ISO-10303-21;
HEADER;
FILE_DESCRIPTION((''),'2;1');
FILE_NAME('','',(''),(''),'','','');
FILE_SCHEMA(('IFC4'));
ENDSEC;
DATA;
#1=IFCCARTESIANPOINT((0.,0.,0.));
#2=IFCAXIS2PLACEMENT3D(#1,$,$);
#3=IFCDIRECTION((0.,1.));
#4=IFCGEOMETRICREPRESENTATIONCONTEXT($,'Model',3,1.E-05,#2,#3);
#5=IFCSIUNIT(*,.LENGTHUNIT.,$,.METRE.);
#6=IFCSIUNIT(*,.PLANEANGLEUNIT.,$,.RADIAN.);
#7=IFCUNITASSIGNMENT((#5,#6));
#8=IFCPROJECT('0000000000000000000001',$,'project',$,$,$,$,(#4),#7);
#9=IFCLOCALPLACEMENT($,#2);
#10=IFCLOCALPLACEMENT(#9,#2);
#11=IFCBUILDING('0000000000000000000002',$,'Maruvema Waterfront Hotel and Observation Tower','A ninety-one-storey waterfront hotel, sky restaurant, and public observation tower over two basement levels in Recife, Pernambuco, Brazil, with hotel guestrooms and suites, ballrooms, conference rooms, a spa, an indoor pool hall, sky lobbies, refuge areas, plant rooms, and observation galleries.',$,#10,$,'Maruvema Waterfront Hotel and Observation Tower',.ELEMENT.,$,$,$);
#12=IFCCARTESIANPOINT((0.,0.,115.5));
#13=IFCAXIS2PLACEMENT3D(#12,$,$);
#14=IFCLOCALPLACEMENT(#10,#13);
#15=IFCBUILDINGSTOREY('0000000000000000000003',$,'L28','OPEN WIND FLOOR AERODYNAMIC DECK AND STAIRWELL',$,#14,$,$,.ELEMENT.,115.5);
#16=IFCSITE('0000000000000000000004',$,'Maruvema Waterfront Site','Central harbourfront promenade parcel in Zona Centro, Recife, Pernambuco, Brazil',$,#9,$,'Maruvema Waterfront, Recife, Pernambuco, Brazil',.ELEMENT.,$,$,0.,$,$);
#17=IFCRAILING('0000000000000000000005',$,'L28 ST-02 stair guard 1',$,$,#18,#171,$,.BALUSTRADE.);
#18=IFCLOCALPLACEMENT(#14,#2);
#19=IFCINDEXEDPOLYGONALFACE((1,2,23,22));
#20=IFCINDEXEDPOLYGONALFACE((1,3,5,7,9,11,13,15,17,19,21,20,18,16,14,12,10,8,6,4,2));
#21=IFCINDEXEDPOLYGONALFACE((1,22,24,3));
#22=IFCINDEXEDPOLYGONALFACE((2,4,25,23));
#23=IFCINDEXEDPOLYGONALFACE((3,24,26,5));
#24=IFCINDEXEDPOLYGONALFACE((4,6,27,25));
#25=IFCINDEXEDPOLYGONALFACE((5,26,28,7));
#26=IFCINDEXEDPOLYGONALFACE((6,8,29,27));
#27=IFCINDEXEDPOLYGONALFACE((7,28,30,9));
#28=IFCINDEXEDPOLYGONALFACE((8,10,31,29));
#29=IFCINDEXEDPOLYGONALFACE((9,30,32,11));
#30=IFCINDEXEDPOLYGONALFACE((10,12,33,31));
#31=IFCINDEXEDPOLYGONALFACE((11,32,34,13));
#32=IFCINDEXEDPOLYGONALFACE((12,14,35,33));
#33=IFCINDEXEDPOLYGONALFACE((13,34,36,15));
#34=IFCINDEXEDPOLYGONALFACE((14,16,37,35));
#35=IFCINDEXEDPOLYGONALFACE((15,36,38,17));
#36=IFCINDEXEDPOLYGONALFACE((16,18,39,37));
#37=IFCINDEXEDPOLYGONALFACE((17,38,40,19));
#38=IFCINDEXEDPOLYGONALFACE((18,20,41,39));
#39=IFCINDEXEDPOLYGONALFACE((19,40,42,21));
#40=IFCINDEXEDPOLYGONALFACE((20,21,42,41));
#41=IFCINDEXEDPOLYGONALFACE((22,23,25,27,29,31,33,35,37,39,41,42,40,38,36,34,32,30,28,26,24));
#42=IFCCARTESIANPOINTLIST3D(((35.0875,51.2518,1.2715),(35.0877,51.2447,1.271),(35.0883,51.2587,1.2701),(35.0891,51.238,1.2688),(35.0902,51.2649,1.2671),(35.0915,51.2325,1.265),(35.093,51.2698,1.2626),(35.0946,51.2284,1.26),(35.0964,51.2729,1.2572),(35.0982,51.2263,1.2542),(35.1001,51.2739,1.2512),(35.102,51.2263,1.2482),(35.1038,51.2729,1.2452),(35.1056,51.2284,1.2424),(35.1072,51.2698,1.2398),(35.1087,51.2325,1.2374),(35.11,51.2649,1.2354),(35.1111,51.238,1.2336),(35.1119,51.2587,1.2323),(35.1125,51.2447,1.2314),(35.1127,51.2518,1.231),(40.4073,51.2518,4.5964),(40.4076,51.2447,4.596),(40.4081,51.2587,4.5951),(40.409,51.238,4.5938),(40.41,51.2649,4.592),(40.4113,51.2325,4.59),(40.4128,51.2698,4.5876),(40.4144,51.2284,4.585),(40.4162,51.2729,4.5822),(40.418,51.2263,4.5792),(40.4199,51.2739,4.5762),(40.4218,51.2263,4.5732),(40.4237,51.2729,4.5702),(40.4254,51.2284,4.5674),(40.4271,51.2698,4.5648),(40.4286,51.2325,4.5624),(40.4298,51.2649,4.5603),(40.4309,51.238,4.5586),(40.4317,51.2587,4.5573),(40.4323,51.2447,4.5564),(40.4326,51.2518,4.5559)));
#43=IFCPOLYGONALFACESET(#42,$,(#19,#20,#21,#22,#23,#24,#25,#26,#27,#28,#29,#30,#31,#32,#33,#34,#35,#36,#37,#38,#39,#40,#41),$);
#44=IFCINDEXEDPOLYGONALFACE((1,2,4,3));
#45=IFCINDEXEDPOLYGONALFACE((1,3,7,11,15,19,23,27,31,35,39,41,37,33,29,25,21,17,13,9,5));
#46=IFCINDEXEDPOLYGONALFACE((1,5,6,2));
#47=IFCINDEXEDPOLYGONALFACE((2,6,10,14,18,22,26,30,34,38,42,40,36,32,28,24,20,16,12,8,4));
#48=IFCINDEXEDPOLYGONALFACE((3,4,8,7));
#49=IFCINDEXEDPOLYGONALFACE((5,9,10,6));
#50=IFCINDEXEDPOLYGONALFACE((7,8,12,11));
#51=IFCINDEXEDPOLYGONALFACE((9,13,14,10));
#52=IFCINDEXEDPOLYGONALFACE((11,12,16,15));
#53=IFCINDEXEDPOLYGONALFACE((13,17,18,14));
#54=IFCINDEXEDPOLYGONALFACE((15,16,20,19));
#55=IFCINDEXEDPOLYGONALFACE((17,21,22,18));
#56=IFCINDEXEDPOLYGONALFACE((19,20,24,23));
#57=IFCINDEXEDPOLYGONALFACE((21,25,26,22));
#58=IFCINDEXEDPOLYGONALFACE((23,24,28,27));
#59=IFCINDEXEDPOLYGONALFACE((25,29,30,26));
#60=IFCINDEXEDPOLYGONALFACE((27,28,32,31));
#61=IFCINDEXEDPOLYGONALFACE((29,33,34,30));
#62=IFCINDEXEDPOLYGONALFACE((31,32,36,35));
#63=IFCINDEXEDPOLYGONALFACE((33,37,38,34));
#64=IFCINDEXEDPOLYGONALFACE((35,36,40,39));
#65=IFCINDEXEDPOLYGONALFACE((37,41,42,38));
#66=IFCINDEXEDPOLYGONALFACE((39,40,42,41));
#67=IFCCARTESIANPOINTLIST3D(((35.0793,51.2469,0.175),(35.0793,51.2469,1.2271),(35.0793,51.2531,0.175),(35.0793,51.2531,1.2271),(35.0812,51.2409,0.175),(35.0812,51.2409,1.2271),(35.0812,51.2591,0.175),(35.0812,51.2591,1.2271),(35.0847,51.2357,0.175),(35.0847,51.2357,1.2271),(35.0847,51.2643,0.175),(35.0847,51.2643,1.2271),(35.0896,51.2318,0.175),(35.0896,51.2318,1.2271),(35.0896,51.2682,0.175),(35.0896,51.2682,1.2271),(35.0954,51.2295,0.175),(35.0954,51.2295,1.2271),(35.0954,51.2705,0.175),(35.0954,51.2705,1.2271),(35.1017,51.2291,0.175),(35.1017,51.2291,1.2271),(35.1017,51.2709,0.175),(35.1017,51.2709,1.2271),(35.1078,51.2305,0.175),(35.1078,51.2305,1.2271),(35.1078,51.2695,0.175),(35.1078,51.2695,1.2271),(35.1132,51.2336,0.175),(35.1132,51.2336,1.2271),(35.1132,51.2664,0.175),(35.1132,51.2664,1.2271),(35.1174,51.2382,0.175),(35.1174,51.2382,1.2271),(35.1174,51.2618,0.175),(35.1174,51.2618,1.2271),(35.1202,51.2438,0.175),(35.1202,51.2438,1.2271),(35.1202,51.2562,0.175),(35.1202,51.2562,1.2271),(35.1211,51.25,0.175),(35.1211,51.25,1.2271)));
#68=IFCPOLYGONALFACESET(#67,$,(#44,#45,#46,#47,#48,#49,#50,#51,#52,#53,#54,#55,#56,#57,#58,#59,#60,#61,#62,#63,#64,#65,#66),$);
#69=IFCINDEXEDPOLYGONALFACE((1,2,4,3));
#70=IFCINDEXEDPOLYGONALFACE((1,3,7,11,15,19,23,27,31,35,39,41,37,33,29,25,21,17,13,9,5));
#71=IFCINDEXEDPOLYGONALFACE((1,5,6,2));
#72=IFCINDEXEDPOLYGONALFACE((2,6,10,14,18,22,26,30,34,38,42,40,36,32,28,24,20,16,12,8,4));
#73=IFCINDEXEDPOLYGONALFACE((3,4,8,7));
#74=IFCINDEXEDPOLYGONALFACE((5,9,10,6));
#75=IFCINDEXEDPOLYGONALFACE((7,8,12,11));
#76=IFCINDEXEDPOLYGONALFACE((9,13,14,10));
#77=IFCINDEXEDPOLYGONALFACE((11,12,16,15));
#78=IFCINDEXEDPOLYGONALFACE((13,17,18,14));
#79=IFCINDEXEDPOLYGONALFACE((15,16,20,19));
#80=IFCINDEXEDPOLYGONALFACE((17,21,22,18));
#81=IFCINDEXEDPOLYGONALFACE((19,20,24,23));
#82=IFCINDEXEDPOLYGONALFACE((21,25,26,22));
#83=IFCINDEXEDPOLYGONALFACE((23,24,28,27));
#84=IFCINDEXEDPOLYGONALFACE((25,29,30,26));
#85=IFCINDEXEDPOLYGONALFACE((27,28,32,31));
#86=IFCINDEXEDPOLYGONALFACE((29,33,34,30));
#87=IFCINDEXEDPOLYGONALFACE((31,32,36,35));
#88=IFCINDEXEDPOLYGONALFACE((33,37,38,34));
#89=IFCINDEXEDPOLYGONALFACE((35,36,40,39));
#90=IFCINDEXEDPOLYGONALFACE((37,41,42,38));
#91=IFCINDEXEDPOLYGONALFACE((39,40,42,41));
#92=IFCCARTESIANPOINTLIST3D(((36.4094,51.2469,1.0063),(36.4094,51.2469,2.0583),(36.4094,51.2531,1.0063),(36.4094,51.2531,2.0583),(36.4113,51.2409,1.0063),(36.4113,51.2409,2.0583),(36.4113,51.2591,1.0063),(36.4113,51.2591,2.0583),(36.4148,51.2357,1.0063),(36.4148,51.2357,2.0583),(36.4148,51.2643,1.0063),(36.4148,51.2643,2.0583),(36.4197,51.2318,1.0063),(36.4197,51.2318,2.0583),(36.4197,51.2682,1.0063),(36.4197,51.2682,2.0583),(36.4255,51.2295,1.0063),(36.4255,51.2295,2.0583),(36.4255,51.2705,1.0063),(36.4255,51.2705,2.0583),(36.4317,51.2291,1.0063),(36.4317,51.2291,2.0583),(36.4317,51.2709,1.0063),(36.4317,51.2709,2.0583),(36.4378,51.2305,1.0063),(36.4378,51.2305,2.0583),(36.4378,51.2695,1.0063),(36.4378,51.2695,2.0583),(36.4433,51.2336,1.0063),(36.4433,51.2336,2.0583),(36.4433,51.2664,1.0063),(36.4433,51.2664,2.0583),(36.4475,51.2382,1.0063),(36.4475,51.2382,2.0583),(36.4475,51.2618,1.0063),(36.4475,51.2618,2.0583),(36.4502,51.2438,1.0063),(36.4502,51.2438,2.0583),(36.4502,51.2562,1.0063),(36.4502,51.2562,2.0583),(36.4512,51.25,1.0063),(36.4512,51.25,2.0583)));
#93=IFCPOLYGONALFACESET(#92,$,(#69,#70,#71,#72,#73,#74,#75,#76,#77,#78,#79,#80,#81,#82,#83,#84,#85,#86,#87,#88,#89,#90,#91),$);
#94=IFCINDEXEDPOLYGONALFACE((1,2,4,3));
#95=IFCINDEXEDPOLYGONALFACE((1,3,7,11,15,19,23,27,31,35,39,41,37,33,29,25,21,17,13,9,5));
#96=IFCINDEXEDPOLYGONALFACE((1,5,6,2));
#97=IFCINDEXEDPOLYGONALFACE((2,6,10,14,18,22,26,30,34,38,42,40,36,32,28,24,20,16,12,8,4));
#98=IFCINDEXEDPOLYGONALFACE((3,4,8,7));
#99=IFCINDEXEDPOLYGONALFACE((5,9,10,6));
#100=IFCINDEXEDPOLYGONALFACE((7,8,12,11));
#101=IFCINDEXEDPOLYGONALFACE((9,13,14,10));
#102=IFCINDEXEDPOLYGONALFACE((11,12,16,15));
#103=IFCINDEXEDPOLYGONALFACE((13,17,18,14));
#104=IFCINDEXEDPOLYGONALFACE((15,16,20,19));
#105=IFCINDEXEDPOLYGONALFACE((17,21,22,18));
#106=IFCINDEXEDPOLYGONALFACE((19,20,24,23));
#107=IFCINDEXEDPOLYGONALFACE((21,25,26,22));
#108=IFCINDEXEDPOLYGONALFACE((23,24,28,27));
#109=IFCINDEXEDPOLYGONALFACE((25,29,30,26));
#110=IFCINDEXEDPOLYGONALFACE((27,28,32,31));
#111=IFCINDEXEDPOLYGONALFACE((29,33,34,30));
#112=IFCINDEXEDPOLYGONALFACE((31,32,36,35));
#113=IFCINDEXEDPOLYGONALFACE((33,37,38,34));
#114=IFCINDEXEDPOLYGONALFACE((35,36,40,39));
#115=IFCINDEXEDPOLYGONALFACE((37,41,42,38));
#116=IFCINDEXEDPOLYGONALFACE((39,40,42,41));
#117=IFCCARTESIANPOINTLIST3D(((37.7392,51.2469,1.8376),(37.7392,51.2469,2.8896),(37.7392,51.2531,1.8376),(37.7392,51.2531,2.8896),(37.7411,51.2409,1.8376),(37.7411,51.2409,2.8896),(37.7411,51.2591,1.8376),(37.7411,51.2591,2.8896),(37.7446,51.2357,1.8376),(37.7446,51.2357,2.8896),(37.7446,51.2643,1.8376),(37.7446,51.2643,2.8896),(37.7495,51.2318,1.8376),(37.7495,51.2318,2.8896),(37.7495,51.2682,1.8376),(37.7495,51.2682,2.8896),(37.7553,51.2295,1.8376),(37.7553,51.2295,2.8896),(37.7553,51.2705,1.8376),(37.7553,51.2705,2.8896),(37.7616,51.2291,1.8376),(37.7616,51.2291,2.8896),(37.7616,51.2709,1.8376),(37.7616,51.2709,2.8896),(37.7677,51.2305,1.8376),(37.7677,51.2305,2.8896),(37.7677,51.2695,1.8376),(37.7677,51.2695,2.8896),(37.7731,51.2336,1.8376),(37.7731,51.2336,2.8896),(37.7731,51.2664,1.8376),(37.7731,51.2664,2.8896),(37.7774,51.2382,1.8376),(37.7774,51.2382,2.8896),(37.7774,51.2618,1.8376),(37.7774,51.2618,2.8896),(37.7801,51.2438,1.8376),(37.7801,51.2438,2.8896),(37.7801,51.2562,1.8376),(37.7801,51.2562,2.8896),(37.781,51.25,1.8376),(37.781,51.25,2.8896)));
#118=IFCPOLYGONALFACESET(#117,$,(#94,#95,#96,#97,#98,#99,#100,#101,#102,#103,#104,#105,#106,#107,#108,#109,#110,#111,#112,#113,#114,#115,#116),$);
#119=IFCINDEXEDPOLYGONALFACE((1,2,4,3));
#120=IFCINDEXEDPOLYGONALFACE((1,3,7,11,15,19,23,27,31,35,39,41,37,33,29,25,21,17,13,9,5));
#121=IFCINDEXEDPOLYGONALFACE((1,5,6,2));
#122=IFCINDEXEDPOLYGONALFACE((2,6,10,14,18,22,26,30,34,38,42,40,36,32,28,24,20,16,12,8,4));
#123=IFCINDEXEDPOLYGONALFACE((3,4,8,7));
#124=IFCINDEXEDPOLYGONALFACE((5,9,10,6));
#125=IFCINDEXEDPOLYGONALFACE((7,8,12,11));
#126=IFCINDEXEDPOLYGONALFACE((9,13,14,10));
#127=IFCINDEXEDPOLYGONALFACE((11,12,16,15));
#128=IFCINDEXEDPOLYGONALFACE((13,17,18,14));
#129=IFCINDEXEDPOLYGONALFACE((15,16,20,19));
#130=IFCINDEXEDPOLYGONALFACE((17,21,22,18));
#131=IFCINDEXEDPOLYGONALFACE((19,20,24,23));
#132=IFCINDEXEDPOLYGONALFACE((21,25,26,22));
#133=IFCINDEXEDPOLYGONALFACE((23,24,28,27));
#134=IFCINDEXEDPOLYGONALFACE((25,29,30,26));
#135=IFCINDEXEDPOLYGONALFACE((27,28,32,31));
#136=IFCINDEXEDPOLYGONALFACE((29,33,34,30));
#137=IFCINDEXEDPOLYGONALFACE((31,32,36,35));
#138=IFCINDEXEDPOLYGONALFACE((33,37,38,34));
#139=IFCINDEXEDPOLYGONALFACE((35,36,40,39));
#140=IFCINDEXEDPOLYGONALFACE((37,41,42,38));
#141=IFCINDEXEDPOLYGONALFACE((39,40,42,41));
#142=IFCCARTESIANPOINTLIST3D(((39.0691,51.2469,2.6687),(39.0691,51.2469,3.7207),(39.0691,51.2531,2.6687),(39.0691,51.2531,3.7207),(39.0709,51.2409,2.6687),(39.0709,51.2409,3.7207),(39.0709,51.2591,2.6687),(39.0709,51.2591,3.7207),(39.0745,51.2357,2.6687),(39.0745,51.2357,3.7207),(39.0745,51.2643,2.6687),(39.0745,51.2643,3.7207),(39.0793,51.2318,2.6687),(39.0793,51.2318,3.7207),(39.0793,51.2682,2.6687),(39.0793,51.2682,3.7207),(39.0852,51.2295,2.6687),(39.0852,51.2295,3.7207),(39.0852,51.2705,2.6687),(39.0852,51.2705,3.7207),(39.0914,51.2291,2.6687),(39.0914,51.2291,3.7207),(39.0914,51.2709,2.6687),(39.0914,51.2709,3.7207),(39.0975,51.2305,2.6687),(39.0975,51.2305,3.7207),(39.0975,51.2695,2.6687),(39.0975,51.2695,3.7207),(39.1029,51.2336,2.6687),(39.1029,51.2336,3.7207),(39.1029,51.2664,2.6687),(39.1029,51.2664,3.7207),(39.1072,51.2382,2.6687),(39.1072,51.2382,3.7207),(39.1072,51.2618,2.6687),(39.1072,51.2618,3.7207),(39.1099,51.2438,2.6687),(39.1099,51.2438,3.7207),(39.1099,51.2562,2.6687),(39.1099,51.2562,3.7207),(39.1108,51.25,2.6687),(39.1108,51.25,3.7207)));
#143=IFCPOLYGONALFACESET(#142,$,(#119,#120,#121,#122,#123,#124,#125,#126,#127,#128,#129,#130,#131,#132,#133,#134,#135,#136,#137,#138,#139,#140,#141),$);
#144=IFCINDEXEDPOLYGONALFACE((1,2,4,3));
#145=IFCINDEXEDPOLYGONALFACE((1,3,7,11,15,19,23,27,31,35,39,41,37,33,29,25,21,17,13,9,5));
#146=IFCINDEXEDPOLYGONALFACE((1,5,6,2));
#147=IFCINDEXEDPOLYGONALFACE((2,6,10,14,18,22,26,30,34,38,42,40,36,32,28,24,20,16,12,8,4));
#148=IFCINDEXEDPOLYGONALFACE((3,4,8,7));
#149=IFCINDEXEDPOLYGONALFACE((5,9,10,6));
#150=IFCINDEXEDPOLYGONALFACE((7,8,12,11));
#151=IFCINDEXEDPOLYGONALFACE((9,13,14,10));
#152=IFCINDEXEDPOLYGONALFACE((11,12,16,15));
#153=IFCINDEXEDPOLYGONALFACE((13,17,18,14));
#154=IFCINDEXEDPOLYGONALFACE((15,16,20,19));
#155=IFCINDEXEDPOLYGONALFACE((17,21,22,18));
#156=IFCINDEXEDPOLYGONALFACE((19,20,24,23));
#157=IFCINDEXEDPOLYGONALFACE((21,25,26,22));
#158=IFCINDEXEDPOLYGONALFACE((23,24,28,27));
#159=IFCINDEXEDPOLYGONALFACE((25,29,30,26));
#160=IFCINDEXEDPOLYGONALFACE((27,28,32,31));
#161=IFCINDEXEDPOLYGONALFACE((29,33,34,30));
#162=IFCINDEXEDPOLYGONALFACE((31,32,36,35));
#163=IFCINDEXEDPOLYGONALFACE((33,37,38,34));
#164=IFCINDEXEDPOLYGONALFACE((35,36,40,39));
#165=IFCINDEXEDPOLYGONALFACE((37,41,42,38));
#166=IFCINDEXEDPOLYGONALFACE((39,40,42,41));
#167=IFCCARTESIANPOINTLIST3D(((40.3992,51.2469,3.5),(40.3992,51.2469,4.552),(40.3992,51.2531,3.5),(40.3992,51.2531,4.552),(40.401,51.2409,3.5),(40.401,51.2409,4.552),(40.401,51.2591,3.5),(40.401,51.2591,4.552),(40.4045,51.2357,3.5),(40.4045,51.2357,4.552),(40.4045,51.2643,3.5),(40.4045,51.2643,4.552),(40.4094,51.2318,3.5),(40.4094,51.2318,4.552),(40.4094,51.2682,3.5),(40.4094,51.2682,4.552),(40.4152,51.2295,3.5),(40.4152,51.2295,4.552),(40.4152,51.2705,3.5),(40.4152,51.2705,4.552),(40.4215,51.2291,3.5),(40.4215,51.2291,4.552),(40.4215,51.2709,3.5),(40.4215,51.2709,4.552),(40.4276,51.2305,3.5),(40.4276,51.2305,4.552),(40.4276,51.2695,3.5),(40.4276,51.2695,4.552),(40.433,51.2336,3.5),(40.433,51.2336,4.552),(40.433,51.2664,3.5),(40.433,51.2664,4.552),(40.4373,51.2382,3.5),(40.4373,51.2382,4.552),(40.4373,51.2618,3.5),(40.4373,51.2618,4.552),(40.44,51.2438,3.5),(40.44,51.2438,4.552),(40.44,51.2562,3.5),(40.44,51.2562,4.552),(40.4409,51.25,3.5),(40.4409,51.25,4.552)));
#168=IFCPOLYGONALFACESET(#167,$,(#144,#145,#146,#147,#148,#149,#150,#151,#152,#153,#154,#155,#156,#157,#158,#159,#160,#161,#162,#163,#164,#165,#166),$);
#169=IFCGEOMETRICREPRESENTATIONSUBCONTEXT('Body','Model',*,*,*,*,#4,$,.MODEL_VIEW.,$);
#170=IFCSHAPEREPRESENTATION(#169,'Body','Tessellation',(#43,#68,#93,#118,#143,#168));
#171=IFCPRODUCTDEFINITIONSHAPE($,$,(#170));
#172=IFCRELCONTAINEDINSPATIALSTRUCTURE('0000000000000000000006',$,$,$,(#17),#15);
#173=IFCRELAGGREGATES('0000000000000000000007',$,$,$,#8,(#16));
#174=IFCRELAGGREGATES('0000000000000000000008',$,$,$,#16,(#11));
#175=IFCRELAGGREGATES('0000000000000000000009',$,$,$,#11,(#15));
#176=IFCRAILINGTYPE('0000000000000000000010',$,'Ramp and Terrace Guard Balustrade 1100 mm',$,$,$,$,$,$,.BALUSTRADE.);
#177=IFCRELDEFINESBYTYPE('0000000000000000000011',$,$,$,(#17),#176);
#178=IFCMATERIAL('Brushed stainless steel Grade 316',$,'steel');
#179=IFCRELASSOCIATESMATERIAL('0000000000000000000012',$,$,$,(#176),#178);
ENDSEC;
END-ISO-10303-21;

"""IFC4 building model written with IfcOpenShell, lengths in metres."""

from ifc_helpers import new_model, si_unit, direction, frame, origin, origin_2d, place, context, subcontext, project, spatial, circle, extrude, material, type_object, element, save


model = new_model("IFC4")

# Units and contexts
model_context = context("Model", 3, precision=1e-05, world=origin(), true_north=direction((0.0, 1.0)))
body_context = subcontext(model_context, "Body", "Model", "MODEL_VIEW")
ifc_project = project(units=[si_unit("LENGTHUNIT", "METRE"), si_unit("PLANEANGLEUNIT", "RADIAN")], contexts=[model_context])

# Site, building, storey
site_placement = place(None, origin())
site = spatial("IfcSite", under=ifc_project, at=site_placement, Name="Maruvema Waterfront Site", Description="Central harbourfront promenade parcel in Zona Centro, Recife, Pernambuco, Brazil", LongName="Maruvema Waterfront, Recife, Pernambuco, Brazil", CompositionType="ELEMENT", RefElevation=0.0)
building_placement = place(site_placement, origin())
building = spatial("IfcBuilding", under=site, at=building_placement, Name="Maruvema Waterfront Hotel and Observation Tower", Description="A ninety-one-storey waterfront hotel, sky restaurant, and public observation tower over two basement levels in Recife, Pernambuco, Brazil, with hotel guestrooms and suites, ballrooms, conference rooms, a spa, an indoor pool hall, sky lobbies, refuge areas, plant rooms, and observation galleries.", LongName="Maruvema Waterfront Hotel and Observation Tower", CompositionType="ELEMENT")
storey_placement = place(building_placement, frame((0.0, 0.0, 115.5)))
storey = spatial("IfcBuildingStorey", under=building, at=storey_placement, Name="L28", Description="OPEN WIND FLOOR AERODYNAMIC DECK AND STAIRWELL", CompositionType="ELEMENT", Elevation=115.5)

# Railing
ifc_material_1 = material(Name="Brushed stainless steel Grade 316", Category="steel")
railing_type_1 = type_object("IfcRailingType", Name="Ramp and Terrace Guard Balustrade 1100 mm", PredefinedType="BALUSTRADE", material=ifc_material_1)
railing_1_placement = place(storey_placement, frame((35.1001, 51.25, 0.175)))
element("IfcRailing", 1, at=railing_1_placement, inside=storey, type_object=railing_type_1, Name="L28 ST-02 stair guard 1", PredefinedType="BALUSTRADE", context=body_context, shape_type="SweptSolid", body=[
    extrude(circle(Radius=0.0239, at=origin_2d()), frame((0.0, 0.0, 1.0762), z_axis=(0.847994, 0.0, 0.530006), x_axis=(0.0, 1.0, 0.0)), (0.0, 0.0, 1.0), 6.2734),
    extrude(circle(Radius=0.021, at=origin_2d()), origin(), (0.0, 0.0, 1.0), 1.052),
    extrude(circle(Radius=0.021, at=origin_2d()), frame((1.3301, 0.0, 0.8313)), (0.0, 0.0, 1.0), 1.052),
    extrude(circle(Radius=0.021, at=origin_2d()), frame((2.6599, 0.0, 1.6626)), (0.0, 0.0, 1.0), 1.052),
    extrude(circle(Radius=0.021, at=origin_2d()), frame((3.9897, 0.0, 2.4937)), (0.0, 0.0, 1.0), 1.052),
    extrude(circle(Radius=0.021, at=origin_2d()), frame((5.3198, 0.0, 3.325)), (0.0, 0.0, 1.0), 1.052),
])

save(model, "model.ifc")
